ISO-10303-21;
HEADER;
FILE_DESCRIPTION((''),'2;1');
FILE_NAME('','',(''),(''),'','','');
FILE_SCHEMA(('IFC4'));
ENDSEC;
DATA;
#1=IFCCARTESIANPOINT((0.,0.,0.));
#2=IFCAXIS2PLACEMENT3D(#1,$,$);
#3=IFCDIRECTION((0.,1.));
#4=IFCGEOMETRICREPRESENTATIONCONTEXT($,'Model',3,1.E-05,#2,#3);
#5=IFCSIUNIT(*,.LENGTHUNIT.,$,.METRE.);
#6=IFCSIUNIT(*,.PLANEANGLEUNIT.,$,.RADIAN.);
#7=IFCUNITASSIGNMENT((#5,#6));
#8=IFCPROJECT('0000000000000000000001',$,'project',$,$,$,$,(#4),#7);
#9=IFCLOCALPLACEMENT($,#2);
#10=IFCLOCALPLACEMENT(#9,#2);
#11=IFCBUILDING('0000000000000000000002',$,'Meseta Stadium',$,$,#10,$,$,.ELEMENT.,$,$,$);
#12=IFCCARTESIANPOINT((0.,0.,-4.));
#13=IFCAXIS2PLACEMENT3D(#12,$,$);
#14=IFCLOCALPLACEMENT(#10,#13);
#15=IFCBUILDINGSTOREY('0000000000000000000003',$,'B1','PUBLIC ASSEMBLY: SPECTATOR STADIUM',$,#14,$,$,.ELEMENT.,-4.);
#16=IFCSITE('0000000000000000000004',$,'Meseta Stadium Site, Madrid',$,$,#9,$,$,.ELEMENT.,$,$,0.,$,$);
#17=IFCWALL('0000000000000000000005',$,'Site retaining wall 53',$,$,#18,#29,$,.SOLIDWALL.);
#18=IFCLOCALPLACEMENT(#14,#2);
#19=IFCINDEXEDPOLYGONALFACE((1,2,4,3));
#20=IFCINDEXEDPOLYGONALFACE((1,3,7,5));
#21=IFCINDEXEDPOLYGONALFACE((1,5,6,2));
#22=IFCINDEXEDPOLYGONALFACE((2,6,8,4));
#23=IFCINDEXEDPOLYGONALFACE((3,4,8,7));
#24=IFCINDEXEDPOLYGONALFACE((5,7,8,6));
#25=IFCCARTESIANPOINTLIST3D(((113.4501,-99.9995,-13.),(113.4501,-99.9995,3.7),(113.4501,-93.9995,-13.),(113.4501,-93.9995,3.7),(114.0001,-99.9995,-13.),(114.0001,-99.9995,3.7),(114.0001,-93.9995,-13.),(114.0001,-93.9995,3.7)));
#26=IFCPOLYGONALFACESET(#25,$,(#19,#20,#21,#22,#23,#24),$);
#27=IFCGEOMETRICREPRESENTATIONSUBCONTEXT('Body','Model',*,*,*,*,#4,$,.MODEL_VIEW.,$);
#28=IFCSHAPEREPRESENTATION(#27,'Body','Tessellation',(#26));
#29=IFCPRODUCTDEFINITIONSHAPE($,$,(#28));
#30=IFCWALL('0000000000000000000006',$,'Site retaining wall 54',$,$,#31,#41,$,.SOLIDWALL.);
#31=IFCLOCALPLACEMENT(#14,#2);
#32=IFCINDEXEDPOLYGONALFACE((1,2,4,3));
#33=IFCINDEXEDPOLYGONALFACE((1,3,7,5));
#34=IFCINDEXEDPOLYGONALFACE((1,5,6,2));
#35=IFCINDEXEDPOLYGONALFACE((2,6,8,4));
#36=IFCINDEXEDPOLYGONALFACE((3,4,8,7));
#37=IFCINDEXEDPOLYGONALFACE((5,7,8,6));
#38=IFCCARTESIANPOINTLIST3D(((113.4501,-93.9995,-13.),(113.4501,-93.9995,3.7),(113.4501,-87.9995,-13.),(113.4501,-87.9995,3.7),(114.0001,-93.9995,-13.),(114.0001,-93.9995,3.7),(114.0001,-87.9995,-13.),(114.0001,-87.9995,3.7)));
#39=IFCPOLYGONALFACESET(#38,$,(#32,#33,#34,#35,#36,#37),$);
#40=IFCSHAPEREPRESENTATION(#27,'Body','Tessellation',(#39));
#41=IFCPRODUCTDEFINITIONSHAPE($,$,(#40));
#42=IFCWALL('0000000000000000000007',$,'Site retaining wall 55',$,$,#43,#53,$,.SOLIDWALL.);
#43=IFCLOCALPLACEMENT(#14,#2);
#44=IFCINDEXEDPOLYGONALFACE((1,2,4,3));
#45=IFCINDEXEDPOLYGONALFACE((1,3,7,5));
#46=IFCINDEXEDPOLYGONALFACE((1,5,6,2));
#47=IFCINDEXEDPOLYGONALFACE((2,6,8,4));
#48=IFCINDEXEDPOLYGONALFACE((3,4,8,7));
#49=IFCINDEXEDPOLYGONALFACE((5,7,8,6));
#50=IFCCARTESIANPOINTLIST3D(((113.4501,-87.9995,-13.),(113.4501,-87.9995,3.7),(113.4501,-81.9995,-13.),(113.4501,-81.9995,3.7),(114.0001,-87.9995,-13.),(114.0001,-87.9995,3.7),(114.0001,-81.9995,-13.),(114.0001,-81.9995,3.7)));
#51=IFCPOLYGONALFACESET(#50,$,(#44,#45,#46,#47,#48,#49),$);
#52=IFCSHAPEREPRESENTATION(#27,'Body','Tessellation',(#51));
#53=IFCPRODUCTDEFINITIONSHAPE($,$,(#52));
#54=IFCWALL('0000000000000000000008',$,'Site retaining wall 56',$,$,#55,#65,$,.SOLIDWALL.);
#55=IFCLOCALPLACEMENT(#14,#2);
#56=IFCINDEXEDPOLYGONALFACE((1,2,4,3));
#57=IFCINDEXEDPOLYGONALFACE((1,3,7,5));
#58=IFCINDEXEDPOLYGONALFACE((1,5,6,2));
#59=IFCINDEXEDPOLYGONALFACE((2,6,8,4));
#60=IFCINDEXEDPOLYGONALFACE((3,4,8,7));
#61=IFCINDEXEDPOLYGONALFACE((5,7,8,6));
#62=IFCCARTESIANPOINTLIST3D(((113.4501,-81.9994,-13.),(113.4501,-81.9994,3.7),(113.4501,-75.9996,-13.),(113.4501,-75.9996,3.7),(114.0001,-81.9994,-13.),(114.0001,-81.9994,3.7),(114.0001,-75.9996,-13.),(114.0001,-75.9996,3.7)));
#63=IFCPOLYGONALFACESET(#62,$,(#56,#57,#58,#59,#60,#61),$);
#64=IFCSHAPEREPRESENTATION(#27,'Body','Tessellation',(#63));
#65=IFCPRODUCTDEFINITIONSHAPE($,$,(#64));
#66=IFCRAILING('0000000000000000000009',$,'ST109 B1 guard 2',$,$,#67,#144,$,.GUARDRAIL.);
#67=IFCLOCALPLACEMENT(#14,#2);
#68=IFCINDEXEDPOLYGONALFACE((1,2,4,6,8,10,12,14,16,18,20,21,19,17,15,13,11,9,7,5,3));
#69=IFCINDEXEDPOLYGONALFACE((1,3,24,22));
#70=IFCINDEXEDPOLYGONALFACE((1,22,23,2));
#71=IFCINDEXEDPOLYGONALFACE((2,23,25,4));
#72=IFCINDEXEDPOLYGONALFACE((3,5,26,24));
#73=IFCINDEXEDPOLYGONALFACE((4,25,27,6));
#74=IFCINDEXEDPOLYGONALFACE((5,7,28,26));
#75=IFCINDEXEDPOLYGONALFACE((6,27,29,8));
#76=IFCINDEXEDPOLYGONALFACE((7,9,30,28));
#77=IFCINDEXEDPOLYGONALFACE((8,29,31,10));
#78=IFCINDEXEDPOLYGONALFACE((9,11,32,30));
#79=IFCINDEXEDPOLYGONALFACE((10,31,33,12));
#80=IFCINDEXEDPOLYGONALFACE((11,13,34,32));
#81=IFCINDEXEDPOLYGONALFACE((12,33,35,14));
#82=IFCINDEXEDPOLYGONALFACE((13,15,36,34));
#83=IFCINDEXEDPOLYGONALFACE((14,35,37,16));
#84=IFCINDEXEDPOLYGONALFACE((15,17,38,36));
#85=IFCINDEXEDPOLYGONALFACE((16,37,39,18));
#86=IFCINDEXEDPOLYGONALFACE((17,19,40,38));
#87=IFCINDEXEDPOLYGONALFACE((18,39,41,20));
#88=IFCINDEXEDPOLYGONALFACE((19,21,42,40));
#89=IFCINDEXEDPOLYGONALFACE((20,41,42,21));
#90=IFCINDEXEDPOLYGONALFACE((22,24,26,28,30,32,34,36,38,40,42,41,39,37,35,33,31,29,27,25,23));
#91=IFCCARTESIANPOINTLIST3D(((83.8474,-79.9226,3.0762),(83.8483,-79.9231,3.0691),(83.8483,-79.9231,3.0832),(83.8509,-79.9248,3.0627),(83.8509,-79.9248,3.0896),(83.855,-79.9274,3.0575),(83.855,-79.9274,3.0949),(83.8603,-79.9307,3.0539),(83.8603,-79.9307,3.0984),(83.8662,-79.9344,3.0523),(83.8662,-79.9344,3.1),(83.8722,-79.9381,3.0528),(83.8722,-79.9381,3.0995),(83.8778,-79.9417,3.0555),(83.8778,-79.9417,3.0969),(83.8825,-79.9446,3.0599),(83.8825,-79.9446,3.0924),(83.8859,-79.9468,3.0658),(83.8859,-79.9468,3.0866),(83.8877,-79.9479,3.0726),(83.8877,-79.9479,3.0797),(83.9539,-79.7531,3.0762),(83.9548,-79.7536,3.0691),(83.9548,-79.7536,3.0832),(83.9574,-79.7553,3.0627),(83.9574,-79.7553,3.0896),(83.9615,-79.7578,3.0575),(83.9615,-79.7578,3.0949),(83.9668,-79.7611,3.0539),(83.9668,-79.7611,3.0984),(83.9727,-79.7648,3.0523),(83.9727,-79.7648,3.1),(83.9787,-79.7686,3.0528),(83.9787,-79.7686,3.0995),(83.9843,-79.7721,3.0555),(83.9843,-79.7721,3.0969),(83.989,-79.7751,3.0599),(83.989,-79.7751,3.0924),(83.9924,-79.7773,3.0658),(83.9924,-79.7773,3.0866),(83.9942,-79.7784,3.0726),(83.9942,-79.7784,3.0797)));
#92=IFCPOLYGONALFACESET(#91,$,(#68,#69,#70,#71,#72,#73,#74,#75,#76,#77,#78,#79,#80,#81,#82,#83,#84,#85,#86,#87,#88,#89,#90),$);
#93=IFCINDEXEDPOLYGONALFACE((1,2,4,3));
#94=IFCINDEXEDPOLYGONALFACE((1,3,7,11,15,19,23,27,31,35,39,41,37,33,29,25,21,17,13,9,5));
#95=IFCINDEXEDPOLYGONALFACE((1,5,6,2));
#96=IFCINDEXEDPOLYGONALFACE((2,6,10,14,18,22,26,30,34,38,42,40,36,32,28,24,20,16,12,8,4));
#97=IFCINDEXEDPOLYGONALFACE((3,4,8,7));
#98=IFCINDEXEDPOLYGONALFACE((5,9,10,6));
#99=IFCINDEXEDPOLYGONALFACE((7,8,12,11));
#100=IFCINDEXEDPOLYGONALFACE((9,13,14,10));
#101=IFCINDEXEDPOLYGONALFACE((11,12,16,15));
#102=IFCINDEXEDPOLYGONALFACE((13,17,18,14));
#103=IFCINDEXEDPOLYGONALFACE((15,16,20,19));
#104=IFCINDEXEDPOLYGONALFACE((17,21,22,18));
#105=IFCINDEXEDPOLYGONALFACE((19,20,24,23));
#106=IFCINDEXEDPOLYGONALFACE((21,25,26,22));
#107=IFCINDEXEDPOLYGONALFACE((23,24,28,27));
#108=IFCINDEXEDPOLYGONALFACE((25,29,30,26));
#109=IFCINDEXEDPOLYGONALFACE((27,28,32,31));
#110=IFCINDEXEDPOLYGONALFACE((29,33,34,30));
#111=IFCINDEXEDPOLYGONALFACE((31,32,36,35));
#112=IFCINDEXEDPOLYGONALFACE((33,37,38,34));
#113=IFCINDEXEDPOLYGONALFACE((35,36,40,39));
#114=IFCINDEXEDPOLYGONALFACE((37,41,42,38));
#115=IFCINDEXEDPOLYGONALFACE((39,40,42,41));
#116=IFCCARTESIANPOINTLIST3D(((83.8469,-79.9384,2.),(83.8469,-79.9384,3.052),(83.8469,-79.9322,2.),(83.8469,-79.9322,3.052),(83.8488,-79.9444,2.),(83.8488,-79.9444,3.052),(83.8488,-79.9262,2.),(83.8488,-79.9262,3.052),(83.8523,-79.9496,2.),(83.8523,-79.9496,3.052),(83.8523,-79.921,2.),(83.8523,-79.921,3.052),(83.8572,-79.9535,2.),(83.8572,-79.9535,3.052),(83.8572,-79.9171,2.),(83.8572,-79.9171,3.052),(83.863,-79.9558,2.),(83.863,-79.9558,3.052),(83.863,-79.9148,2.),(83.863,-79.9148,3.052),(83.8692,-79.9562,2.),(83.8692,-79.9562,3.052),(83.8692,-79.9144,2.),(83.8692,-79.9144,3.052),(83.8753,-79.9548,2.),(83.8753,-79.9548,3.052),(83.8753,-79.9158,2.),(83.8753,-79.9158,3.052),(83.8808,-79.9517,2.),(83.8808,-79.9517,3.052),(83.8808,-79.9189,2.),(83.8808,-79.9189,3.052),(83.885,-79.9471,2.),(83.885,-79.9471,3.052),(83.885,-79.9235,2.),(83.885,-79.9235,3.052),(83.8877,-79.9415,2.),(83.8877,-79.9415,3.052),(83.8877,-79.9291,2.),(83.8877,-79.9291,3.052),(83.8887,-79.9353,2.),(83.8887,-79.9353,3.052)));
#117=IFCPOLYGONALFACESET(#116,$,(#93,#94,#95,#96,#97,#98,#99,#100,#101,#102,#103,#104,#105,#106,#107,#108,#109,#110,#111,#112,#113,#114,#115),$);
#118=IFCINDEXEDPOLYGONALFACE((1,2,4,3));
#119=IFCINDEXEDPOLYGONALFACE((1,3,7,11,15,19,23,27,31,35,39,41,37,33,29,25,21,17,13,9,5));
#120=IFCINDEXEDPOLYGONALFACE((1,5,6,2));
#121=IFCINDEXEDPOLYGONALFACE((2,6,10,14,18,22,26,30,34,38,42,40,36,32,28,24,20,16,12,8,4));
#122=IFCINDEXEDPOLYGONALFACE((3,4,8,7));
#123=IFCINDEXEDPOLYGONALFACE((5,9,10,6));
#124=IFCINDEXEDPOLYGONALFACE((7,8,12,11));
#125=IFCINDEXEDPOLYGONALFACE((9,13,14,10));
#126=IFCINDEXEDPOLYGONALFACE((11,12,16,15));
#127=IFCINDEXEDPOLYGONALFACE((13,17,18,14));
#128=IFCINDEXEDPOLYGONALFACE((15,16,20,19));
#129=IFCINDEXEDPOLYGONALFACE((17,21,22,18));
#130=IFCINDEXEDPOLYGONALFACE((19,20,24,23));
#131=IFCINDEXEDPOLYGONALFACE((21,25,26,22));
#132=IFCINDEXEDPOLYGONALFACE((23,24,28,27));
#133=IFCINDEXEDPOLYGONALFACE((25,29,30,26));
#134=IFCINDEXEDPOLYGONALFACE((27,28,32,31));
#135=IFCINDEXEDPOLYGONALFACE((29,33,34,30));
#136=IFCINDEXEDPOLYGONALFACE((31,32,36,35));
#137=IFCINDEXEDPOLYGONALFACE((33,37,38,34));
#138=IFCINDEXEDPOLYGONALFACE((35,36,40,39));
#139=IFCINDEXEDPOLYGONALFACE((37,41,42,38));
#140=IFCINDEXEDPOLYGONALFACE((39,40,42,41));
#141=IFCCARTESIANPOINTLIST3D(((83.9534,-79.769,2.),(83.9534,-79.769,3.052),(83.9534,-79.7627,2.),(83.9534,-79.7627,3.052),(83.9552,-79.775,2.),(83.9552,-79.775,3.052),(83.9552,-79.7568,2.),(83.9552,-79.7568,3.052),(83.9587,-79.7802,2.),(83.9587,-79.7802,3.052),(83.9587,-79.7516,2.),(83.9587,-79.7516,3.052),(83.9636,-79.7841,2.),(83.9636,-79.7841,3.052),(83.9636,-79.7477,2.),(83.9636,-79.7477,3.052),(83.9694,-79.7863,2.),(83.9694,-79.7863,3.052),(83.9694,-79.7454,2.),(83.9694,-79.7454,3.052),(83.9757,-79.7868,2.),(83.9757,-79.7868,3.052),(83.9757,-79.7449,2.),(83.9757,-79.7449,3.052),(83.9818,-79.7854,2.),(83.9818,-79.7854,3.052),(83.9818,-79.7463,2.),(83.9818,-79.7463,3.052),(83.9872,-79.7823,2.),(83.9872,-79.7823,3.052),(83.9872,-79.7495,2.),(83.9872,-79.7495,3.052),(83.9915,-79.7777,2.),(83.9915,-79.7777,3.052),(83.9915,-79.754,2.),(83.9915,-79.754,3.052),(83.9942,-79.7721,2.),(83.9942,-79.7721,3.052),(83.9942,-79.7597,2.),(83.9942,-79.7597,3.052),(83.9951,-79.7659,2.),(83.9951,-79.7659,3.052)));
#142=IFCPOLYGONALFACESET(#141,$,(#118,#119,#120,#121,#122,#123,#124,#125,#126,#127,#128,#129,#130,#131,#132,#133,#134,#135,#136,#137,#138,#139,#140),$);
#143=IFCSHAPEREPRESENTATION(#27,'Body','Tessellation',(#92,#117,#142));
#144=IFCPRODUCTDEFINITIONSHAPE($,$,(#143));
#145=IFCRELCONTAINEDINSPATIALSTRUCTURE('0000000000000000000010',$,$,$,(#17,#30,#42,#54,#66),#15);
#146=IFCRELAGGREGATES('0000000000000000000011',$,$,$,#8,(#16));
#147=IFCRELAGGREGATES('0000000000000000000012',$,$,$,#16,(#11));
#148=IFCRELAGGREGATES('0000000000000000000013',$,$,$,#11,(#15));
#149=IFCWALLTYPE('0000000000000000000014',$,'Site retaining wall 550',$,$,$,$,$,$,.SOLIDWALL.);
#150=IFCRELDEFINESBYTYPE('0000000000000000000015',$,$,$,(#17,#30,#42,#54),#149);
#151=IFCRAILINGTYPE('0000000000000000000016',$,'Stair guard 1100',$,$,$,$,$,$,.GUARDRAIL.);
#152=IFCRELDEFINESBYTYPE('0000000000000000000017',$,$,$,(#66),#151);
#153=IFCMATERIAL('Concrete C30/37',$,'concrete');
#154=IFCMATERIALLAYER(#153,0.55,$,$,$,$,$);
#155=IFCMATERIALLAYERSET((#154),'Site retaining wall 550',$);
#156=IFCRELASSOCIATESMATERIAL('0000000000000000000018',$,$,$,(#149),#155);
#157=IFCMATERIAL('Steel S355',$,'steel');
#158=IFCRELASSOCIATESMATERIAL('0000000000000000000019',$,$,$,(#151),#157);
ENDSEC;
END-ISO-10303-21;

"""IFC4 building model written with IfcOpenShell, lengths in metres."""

from ifc_helpers import new_model, si_unit, direction, frame, frame_2d, origin, origin_2d, place, context, subcontext, project, spatial, rectangle, circle, extrude, material, layer, layer_set, type_object, element, save


model = new_model("IFC4")

# Units and contexts
model_context = context("Model", 3, precision=1e-05, world=origin(), true_north=direction((0.0, 1.0)))
body_context = subcontext(model_context, "Body", "Model", "MODEL_VIEW")
ifc_project = project(units=[si_unit("LENGTHUNIT", "METRE"), si_unit("PLANEANGLEUNIT", "RADIAN")], contexts=[model_context])

# Site, building, storey
site_placement = place(None, origin())
site = spatial("IfcSite", under=ifc_project, at=site_placement, Name="Meseta Stadium Site, Madrid", CompositionType="ELEMENT", RefElevation=0.0)
building_placement = place(site_placement, origin())
building = spatial("IfcBuilding", under=site, at=building_placement, Name="Meseta Stadium", CompositionType="ELEMENT")
storey_placement = place(building_placement, frame((0.0, 0.0, -4.0)))
storey = spatial("IfcBuildingStorey", under=building, at=storey_placement, Name="B1", Description="PUBLIC ASSEMBLY: SPECTATOR STADIUM", CompositionType="ELEMENT", Elevation=-4.0)

# Walls
ifc_material_1 = material(Name="Concrete C30/37", Category="concrete")
ifc_layer_1 = layer(ifc_material_1, 0.55)
ifc_layer_set_1 = layer_set([ifc_layer_1], Name="Site retaining wall 550")
wall_type_1 = type_object("IfcWallType", Name="Site retaining wall 550", PredefinedType="SOLIDWALL", material=ifc_layer_set_1)
for number, where, z_axis, x_axis, name in (
    (1, (113.7251, -99.9995, -13.0), (0.0, 0.0, 1.0), (0.0, 1.0, 0.0), "Site retaining wall 53"),
    (2, (113.7251, -93.9995, -13.0), (0.0, 0.0, 1.0), (0.0, 1.0, 0.0), "Site retaining wall 54"),
    (3, (113.7251, -87.9995, -13.0), (0.0, 0.0, 1.0), (0.0, 1.0, 0.0), "Site retaining wall 55"),
):
    element("IfcWall", number, at=place(storey_placement, frame(where, z_axis=z_axis, x_axis=x_axis)), inside=storey, type_object=wall_type_1, Name=name, PredefinedType="SOLIDWALL", context=body_context, shape_type="SweptSolid", body=[
        extrude(rectangle(XDim=6.0, YDim=0.55, at=frame_2d((3.0, 0.0))), origin(), (0.0, 0.0, 1.0), 16.7),
    ])
wall_1_placement = place(storey_placement, frame((113.7251, -81.9995, -13.0), z_axis=(0.0, 0.0, 1.0), x_axis=(0.0, 1.0, 0.0)))
element("IfcWall", 4, at=wall_1_placement, inside=storey, type_object=wall_type_1, Name="Site retaining wall 56", PredefinedType="SOLIDWALL", context=body_context, shape_type="SweptSolid", body=[
    extrude(rectangle(XDim=5.9998, YDim=0.55, at=frame_2d((3.0, 0.0))), origin(), (0.0, 0.0, 1.0), 16.7),
])

# Railing
ifc_material_2 = material(Name="Steel S355", Category="steel")
railing_type_1 = type_object("IfcRailingType", Name="Stair guard 1100", PredefinedType="GUARDRAIL", material=ifc_material_2)
railing_1_placement = place(storey_placement, frame((83.8677, -79.9353, 2.0)))
element("IfcRailing", 5, at=railing_1_placement, inside=storey, type_object=railing_type_1, Name="ST109 B1 guard 2", PredefinedType="GUARDRAIL", context=body_context, shape_type="SweptSolid", body=[
    extrude(circle(Radius=0.0239, at=origin_2d()), frame((0.0, 0.0, 1.0762), z_axis=(0.531972, 0.846762, 0.0), x_axis=(-0.846762, 0.531972, 0.0)), (0.0, 0.0, 1.0), 0.2002),
    extrude(circle(Radius=0.021, at=origin_2d()), origin(), (0.0, 0.0, 1.0), 1.052),
    extrude(circle(Radius=0.021, at=origin_2d()), frame((0.1064, 0.1694, 0.0)), (0.0, 0.0, 1.0), 1.052),
])

save(model, "model.ifc")
